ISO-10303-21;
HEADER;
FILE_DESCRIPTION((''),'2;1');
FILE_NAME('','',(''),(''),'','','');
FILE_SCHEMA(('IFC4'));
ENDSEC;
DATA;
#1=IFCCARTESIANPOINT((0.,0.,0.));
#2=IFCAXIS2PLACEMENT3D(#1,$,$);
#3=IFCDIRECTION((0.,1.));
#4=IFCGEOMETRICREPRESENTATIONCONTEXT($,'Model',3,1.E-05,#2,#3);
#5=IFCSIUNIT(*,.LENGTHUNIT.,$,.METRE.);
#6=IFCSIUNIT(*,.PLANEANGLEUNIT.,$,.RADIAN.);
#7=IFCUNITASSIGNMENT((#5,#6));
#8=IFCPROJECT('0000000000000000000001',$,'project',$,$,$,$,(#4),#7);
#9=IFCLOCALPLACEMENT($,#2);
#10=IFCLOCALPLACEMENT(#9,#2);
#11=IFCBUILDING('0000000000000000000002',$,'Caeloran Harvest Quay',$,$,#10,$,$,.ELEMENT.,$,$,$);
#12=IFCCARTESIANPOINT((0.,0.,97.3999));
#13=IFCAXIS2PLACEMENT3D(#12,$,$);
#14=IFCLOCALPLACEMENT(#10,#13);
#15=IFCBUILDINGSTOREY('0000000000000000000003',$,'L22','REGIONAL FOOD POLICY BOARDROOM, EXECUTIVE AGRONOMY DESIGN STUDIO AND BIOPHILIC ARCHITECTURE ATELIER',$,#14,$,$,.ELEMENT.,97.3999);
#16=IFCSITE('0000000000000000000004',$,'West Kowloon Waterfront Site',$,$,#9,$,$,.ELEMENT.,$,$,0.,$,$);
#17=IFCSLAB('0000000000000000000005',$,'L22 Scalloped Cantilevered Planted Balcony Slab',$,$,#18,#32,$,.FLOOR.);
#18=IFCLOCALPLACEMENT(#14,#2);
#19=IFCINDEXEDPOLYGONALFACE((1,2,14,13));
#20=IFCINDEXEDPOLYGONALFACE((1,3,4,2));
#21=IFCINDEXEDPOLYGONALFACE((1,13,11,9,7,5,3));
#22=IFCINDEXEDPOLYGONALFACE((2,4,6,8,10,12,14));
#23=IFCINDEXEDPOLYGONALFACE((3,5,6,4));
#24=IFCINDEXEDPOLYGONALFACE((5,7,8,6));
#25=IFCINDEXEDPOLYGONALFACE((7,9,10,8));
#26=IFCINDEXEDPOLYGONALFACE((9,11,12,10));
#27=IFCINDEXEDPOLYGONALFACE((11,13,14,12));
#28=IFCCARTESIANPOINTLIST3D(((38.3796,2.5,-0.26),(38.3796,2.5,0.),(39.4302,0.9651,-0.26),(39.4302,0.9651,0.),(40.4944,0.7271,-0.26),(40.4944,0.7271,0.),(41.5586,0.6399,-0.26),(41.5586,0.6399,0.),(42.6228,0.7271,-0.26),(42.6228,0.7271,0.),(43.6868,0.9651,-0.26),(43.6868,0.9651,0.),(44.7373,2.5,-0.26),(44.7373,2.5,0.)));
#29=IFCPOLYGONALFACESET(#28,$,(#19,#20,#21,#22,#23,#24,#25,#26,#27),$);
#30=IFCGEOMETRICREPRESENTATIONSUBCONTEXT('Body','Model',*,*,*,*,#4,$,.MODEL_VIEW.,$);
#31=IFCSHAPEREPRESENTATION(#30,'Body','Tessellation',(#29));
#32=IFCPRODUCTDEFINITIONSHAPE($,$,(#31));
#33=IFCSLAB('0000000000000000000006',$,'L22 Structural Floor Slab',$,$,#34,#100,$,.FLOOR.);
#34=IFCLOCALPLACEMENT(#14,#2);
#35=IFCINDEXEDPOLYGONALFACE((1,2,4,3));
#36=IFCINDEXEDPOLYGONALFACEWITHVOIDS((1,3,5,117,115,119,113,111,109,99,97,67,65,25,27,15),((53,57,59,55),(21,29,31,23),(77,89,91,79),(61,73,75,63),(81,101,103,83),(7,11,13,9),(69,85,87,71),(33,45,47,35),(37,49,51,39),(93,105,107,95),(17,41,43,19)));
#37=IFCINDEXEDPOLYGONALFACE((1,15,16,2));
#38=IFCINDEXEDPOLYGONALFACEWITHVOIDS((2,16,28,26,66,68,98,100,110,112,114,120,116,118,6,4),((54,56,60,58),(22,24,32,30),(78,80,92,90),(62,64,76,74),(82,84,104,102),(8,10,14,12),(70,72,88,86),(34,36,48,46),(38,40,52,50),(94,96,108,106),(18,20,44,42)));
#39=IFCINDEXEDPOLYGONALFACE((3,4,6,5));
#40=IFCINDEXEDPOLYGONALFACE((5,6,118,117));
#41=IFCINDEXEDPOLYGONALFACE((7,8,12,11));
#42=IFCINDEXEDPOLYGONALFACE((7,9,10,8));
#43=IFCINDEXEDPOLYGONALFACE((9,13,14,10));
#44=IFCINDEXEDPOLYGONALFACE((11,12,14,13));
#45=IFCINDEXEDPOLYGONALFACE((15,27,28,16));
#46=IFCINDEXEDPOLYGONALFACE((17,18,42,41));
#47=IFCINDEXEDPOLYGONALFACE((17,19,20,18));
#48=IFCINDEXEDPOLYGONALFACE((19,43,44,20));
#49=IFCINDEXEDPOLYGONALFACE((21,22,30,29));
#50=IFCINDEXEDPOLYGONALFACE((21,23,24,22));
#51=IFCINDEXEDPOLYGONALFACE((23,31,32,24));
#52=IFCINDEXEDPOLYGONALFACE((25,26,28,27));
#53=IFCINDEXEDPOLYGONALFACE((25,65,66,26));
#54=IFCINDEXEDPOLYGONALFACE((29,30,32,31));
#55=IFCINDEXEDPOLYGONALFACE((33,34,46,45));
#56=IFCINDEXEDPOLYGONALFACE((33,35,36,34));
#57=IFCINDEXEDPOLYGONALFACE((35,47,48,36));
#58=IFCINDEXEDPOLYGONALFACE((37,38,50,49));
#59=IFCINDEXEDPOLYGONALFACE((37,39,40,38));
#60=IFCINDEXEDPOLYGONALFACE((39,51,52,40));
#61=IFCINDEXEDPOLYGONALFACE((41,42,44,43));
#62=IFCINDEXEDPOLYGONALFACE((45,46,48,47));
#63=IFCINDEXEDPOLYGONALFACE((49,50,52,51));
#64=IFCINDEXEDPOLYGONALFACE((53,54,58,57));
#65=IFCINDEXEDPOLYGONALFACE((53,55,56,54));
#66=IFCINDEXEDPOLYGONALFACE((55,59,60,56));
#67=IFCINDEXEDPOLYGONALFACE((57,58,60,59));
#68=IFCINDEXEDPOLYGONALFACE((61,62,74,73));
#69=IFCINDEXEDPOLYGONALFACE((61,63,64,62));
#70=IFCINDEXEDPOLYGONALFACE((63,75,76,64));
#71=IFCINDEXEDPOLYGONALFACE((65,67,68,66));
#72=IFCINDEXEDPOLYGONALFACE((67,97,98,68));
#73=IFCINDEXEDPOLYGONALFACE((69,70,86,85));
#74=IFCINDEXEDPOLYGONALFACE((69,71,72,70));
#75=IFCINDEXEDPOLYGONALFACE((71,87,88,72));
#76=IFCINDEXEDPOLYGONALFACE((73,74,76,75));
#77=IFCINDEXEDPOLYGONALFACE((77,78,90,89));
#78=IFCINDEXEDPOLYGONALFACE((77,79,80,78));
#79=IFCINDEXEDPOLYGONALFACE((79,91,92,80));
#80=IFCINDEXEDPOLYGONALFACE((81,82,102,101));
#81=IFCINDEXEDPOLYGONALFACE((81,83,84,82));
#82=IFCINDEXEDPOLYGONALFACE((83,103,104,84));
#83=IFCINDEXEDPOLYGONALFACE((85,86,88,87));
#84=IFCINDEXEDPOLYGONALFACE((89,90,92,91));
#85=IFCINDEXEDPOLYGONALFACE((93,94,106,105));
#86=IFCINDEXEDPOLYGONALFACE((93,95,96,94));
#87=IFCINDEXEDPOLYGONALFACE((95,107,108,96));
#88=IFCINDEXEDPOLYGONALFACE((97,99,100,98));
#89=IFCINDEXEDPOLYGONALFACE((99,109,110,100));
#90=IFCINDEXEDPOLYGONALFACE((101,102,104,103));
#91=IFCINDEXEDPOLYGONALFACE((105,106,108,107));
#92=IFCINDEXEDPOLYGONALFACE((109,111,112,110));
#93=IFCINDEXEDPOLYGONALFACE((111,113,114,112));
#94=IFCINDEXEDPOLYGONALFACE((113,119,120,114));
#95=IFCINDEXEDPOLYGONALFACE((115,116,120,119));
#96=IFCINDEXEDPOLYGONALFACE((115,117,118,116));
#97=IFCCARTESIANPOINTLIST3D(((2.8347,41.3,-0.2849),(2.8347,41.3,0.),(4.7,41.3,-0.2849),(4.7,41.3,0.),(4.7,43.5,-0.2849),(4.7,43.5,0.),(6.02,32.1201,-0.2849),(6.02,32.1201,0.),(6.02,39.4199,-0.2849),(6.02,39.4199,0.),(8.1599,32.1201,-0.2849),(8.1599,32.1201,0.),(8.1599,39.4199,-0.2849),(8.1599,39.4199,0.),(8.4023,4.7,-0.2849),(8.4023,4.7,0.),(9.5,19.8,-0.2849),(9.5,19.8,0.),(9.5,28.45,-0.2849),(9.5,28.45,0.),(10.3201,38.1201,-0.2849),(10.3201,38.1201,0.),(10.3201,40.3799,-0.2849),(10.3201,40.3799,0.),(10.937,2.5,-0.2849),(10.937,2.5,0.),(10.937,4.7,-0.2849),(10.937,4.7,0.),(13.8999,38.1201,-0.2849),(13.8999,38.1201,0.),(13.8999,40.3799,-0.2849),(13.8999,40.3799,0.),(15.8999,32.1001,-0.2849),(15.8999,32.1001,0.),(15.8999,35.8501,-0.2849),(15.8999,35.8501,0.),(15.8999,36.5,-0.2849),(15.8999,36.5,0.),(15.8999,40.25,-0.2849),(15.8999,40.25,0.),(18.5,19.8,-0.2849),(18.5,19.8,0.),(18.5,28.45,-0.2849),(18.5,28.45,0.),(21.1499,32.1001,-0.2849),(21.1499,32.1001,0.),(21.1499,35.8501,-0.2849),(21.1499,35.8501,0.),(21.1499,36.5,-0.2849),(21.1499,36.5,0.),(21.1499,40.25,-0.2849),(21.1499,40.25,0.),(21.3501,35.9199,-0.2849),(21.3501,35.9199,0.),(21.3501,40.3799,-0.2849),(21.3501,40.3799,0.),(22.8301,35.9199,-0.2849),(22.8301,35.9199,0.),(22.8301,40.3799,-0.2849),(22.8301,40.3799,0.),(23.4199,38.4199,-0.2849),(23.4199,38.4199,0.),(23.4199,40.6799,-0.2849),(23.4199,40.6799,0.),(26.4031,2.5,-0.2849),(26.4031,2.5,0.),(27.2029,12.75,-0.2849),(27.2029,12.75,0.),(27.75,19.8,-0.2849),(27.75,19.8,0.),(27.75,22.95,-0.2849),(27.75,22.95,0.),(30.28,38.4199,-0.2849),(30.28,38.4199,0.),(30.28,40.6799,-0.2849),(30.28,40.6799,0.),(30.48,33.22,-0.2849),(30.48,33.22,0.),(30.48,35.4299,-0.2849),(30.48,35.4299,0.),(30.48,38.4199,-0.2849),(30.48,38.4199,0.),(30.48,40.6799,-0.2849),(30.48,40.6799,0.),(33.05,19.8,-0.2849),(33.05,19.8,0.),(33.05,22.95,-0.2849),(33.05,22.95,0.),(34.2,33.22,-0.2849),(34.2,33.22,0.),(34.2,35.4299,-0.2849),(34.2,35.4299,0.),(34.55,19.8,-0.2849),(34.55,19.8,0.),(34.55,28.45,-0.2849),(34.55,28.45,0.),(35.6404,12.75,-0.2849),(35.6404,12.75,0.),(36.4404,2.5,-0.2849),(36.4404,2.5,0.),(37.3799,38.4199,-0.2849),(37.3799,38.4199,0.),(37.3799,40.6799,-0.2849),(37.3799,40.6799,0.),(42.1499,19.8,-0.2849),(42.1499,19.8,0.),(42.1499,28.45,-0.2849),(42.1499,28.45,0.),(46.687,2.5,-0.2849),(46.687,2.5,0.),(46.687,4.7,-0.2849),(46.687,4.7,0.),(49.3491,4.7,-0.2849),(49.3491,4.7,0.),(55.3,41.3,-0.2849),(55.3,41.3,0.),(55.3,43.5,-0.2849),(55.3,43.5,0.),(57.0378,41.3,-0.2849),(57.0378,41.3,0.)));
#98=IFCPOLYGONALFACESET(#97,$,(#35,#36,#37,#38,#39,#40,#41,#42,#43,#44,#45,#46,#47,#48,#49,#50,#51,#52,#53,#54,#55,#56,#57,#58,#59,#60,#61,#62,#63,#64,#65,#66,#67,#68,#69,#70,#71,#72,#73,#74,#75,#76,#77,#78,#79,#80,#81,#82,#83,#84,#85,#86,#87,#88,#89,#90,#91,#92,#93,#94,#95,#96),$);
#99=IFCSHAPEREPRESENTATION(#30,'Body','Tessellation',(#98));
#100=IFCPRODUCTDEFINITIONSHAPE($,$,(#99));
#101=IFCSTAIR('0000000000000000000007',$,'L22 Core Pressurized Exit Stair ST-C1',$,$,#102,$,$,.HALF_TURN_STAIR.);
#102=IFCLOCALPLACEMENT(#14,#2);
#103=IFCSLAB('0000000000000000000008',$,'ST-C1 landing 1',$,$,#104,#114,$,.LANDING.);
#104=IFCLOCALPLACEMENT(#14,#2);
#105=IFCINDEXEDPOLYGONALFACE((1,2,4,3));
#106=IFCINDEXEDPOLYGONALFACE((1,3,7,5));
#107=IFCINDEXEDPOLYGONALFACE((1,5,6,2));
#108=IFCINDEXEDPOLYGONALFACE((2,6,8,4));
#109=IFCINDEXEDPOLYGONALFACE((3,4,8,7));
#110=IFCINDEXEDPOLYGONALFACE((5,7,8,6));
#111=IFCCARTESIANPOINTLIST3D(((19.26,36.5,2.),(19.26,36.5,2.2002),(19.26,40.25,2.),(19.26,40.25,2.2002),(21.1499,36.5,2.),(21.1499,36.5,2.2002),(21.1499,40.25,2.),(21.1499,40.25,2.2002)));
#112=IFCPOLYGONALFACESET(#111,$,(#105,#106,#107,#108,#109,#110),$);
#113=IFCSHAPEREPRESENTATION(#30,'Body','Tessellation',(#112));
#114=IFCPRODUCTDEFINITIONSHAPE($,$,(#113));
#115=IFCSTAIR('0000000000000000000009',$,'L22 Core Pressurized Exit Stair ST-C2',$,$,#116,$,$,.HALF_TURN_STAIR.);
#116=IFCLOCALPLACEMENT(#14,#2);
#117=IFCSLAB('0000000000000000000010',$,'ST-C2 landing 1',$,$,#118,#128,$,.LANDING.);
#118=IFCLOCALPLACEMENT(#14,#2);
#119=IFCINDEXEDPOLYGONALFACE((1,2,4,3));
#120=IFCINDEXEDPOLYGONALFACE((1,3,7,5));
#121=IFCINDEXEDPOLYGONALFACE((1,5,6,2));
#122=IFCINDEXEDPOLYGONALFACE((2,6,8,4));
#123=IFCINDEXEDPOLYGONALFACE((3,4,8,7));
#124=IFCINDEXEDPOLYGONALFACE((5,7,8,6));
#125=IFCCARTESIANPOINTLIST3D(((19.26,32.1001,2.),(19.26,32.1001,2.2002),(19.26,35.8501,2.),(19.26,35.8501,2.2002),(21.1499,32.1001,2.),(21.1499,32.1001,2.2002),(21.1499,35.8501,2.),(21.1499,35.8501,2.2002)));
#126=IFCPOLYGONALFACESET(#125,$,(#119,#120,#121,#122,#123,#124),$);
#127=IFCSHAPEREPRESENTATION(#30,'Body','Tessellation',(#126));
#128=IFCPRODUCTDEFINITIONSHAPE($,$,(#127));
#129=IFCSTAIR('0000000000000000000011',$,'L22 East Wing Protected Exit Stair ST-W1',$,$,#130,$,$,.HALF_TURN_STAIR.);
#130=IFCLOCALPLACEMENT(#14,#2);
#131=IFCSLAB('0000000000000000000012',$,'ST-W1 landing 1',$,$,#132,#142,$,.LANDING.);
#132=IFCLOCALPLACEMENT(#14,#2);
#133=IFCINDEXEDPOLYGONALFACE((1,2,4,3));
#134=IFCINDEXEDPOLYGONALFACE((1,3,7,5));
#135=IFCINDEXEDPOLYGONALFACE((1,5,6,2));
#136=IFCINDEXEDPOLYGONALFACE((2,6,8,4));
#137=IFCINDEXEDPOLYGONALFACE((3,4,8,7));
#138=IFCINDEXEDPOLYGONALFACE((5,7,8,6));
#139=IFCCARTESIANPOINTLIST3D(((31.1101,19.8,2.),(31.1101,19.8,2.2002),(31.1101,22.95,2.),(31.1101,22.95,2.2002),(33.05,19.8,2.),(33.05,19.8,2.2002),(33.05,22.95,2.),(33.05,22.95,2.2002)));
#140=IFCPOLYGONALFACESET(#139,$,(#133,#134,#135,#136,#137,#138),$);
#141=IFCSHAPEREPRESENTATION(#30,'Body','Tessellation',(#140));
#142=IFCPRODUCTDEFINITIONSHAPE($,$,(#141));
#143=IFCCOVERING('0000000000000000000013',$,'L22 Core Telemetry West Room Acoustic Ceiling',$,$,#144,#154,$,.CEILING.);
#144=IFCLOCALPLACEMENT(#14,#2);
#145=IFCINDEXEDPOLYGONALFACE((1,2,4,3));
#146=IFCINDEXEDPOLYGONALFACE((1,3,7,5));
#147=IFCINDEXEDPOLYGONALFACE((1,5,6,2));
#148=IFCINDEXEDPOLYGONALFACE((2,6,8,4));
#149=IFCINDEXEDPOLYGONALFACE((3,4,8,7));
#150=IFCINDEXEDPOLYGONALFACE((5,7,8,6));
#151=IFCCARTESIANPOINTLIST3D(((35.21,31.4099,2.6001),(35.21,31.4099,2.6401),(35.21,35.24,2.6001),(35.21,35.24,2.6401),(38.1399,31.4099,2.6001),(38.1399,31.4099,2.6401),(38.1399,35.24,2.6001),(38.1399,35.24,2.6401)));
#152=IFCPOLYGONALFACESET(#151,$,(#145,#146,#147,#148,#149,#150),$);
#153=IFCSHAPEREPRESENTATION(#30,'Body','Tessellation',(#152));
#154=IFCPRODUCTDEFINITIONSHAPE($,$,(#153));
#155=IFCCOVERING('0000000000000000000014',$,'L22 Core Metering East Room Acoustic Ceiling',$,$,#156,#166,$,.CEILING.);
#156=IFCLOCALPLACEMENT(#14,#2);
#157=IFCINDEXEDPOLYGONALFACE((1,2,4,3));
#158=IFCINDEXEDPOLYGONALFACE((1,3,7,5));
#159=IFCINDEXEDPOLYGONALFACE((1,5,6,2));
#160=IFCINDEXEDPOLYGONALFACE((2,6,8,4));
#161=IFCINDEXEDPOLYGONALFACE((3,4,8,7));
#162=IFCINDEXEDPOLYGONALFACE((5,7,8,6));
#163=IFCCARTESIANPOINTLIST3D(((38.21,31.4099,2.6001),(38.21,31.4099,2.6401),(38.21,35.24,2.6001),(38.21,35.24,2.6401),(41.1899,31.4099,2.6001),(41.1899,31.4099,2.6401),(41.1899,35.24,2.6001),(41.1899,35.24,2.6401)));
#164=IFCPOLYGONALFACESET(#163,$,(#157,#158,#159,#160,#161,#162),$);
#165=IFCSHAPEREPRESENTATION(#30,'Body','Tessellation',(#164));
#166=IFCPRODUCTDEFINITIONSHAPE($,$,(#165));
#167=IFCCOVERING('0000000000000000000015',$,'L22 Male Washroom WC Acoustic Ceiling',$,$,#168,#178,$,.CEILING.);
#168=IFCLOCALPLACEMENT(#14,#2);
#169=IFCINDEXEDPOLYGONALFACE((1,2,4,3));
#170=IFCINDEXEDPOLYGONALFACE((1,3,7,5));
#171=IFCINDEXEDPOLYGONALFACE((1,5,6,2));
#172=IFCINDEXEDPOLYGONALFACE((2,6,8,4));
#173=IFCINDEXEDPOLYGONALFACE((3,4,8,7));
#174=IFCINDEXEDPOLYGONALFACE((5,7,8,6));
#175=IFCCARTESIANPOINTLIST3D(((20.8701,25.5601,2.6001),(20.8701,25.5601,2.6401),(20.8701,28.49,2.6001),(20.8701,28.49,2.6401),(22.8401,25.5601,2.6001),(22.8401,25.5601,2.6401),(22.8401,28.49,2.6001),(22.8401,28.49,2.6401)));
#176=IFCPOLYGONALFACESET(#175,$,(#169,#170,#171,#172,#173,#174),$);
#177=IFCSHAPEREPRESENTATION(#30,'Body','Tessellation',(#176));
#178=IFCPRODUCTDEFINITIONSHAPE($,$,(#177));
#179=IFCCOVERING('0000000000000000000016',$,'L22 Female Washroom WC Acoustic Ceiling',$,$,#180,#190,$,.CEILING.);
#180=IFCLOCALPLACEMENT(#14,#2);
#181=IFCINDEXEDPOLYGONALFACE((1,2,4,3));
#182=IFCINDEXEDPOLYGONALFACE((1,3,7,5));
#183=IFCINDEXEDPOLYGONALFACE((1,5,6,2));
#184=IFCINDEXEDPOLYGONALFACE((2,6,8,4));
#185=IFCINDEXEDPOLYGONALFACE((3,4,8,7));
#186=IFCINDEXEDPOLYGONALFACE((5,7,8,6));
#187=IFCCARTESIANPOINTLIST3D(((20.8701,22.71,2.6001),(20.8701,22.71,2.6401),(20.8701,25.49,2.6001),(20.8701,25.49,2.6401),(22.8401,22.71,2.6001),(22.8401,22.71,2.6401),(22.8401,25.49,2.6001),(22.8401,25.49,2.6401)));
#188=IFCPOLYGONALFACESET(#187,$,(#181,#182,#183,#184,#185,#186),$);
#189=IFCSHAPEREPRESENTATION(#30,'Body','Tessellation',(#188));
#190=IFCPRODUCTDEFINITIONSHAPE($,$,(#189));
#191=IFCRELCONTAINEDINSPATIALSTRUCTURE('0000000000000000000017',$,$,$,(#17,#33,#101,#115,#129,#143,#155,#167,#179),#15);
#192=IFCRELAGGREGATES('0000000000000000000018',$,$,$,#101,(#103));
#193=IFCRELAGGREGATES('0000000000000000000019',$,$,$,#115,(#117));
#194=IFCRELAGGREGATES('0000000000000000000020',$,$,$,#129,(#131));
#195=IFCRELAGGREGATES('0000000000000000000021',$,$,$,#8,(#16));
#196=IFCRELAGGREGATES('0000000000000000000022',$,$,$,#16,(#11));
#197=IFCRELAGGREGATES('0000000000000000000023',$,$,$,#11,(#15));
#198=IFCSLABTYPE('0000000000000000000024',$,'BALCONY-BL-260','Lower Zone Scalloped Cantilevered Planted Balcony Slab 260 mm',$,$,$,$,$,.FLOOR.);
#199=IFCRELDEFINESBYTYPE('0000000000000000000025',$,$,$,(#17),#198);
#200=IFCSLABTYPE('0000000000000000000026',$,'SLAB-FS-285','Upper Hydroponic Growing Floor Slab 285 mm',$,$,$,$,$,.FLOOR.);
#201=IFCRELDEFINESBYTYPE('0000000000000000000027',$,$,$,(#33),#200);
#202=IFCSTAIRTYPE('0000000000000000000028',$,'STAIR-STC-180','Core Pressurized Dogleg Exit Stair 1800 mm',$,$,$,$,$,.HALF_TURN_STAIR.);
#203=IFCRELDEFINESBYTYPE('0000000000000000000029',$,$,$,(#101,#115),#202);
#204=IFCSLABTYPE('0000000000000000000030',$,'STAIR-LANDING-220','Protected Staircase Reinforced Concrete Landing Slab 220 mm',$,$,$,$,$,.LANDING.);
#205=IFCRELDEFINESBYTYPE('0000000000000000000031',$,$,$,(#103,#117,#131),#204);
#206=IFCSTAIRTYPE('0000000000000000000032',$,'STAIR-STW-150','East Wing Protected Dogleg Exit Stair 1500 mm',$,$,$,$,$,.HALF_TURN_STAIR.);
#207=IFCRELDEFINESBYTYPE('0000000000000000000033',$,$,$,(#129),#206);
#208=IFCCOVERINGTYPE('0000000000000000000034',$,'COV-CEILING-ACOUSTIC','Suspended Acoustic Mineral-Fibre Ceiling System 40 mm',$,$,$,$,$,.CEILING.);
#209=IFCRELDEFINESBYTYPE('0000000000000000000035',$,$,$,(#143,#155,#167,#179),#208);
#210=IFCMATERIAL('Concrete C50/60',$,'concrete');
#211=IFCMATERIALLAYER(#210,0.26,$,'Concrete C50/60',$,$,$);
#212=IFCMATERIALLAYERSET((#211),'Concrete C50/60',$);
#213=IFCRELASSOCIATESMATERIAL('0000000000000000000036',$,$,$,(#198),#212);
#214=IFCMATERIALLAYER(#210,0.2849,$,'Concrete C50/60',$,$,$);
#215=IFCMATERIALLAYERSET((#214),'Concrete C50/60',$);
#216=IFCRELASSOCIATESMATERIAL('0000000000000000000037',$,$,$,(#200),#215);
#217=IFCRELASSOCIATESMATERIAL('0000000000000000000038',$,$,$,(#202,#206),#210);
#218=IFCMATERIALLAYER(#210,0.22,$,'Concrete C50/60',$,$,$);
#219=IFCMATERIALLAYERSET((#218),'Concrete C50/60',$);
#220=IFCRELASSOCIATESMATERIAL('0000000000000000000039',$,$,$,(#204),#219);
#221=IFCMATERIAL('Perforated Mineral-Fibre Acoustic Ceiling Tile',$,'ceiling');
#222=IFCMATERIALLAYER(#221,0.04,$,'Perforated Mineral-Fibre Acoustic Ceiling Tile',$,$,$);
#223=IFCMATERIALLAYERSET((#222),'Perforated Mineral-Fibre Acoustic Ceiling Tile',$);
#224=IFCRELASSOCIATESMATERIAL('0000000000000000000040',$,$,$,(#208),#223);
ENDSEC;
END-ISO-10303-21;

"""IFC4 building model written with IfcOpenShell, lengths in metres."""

from ifc_helpers import new_model, si_unit, direction, frame, origin, place, context, subcontext, project, spatial, polyline, outline, extrude, material, layer, layer_set, type_object, element, aggregate, save


model = new_model("IFC4")

# Units and contexts
model_context = context("Model", 3, precision=1e-05, world=origin(), true_north=direction((0.0, 1.0)))
body_context = subcontext(model_context, "Body", "Model", "MODEL_VIEW")
ifc_project = project(units=[si_unit("LENGTHUNIT", "METRE"), si_unit("PLANEANGLEUNIT", "RADIAN")], contexts=[model_context])

# Site, building, storey
site_placement = place(None, origin())
site = spatial("IfcSite", under=ifc_project, at=site_placement, Name="West Kowloon Waterfront Site", CompositionType="ELEMENT", RefElevation=0.0)
building_placement = place(site_placement, origin())
building = spatial("IfcBuilding", under=site, at=building_placement, Name="Caeloran Harvest Quay", CompositionType="ELEMENT")
storey_placement = place(building_placement, frame((0.0, 0.0, 97.3999)))
storey = spatial("IfcBuildingStorey", under=building, at=storey_placement, Name="L22", Description="REGIONAL FOOD POLICY BOARDROOM, EXECUTIVE AGRONOMY DESIGN STUDIO AND BIOPHILIC ARCHITECTURE ATELIER", CompositionType="ELEMENT", Elevation=97.3999)

# Slabs
ifc_material_1 = material(Name="Concrete C50/60", Category="concrete")
ifc_layer_1 = layer(ifc_material_1, 0.26, Name="Concrete C50/60")
ifc_layer_set_1 = layer_set([ifc_layer_1], Name="Concrete C50/60")
slab_type_1 = type_object("IfcSlabType", Name="BALCONY-BL-260", Description="Lower Zone Scalloped Cantilevered Planted Balcony Slab 260 mm", PredefinedType="FLOOR", material=ifc_layer_set_1)
slab_1_placement = place(storey_placement, frame((0.0, 0.0, -0.26)))
element("IfcSlab", 1, at=slab_1_placement, inside=storey, type_object=slab_type_1, Name="L22 Scalloped Cantilevered Planted Balcony Slab", PredefinedType="FLOOR", context=body_context, shape_type="SweptSolid", body=[
    extrude(outline(polyline([(43.6868, 0.9651), (42.6228, 0.7271), (41.5586, 0.6399), (40.4944, 0.7271), (39.4302, 0.9651), (38.3796, 2.5), (44.7373, 2.5), (43.6868, 0.9651)])), origin(), (0.0, 0.0, 1.0), 0.26),
])
ifc_layer_2 = layer(ifc_material_1, 0.2849, Name="Concrete C50/60")
ifc_layer_set_2 = layer_set([ifc_layer_2], Name="Concrete C50/60")
slab_type_2 = type_object("IfcSlabType", Name="SLAB-FS-285", Description="Upper Hydroponic Growing Floor Slab 285 mm", PredefinedType="FLOOR", material=ifc_layer_set_2)
slab_2_placement = place(storey_placement, frame((0.0, 0.0, -0.2849)))
element("IfcSlab", 2, at=slab_2_placement, inside=storey, type_object=slab_type_2, Name="L22 Structural Floor Slab", PredefinedType="FLOOR", context=body_context, shape_type="SweptSolid", body=[
    extrude(outline(polyline([(10.937, 2.5), (26.4031, 2.5), (27.2029, 12.75), (35.6404, 12.75), (36.4404, 2.5), (46.687, 2.5), (46.687, 4.7), (49.3491, 4.7), (57.0378, 41.3), (55.3, 41.3), (55.3, 43.5), (4.7, 43.5), (4.7, 41.3), (2.8347, 41.3), (8.4023, 4.7), (10.937, 4.7), (10.937, 2.5)]), holes=[polyline([(18.5, 19.8), (9.5, 19.8), (9.5, 28.45), (18.5, 28.45), (18.5, 19.8)]), polyline([(15.8999, 32.1001), (15.8999, 35.8501), (21.1499, 35.8501), (21.1499, 32.1001), (15.8999, 32.1001)]), polyline([(8.1599, 32.1201), (6.02, 32.1201), (6.02, 39.4199), (8.1599, 39.4199), (8.1599, 32.1201)]), polyline([(21.3501, 35.9199), (21.3501, 40.3799), (22.8301, 40.3799), (22.8301, 35.9199), (21.3501, 35.9199)]), polyline([(15.8999, 40.25), (21.1499, 40.25), (21.1499, 36.5), (15.8999, 36.5), (15.8999, 40.25)]), polyline([(13.8999, 38.1201), (10.3201, 38.1201), (10.3201, 40.3799), (13.8999, 40.3799), (13.8999, 38.1201)]), polyline([(27.75, 22.95), (33.05, 22.95), (33.05, 19.8), (27.75, 19.8), (27.75, 22.95)]), polyline([(34.55, 19.8), (34.55, 28.45), (42.1499, 28.45), (42.1499, 19.8), (34.55, 19.8)]), polyline([(34.2, 33.22), (30.48, 33.22), (30.48, 35.4299), (34.2, 35.4299), (34.2, 33.22)]), polyline([(23.4199, 38.4199), (23.4199, 40.6799), (30.28, 40.6799), (30.28, 38.4199), (23.4199, 38.4199)]), polyline([(30.48, 38.4199), (30.48, 40.6799), (37.3799, 40.6799), (37.3799, 38.4199), (30.48, 38.4199)])]), origin(), (0.0, 0.0, 1.0), 0.2849),
])

# Stairs, slabs
stair_type_1 = type_object("IfcStairType", Name="STAIR-STC-180", Description="Core Pressurized Dogleg Exit Stair 1800 mm", PredefinedType="HALF_TURN_STAIR", material=ifc_material_1)
stair_1_placement = place(storey_placement, origin())
stair_1 = element("IfcStair", 3, at=stair_1_placement, inside=storey, type_object=stair_type_1, Name="L22 Core Pressurized Exit Stair ST-C1", PredefinedType="HALF_TURN_STAIR")
ifc_layer_3 = layer(ifc_material_1, 0.22, Name="Concrete C50/60")
ifc_layer_set_3 = layer_set([ifc_layer_3], Name="Concrete C50/60")
slab_type_3 = type_object("IfcSlabType", Name="STAIR-LANDING-220", Description="Protected Staircase Reinforced Concrete Landing Slab 220 mm", PredefinedType="LANDING", material=ifc_layer_set_3)
slab_3_placement = place(storey_placement, frame((0.0, 0.0, 2.0)))
slab_3 = element("IfcSlab", 4, at=slab_3_placement, type_object=slab_type_3, Name="ST-C1 landing 1", PredefinedType="LANDING", context=body_context, shape_type="SweptSolid", body=[
    extrude(outline(polyline([(19.26, 36.5), (21.1499, 36.5), (21.1499, 40.25), (19.26, 40.25), (19.26, 36.5)])), origin(), (0.0, 0.0, 1.0), 0.2002),
])
aggregate(stair_1, [slab_3])
stair_2_placement = place(storey_placement, origin())
stair_2 = element("IfcStair", 5, at=stair_2_placement, inside=storey, type_object=stair_type_1, Name="L22 Core Pressurized Exit Stair ST-C2", PredefinedType="HALF_TURN_STAIR")
slab_4_placement = place(storey_placement, frame((0.0, 0.0, 2.0)))
slab_4 = element("IfcSlab", 6, at=slab_4_placement, type_object=slab_type_3, Name="ST-C2 landing 1", PredefinedType="LANDING", context=body_context, shape_type="SweptSolid", body=[
    extrude(outline(polyline([(19.26, 32.1001), (21.1499, 32.1001), (21.1499, 35.8501), (19.26, 35.8501), (19.26, 32.1001)])), origin(), (0.0, 0.0, 1.0), 0.2002),
])
aggregate(stair_2, [slab_4])
stair_type_2 = type_object("IfcStairType", Name="STAIR-STW-150", Description="East Wing Protected Dogleg Exit Stair 1500 mm", PredefinedType="HALF_TURN_STAIR", material=ifc_material_1)
stair_3_placement = place(storey_placement, origin())
stair_3 = element("IfcStair", 7, at=stair_3_placement, inside=storey, type_object=stair_type_2, Name="L22 East Wing Protected Exit Stair ST-W1", PredefinedType="HALF_TURN_STAIR")
slab_5_placement = place(storey_placement, frame((0.0, 0.0, 2.0)))
slab_5 = element("IfcSlab", 8, at=slab_5_placement, type_object=slab_type_3, Name="ST-W1 landing 1", PredefinedType="LANDING", context=body_context, shape_type="SweptSolid", body=[
    extrude(outline(polyline([(31.1101, 19.8), (33.05, 19.8), (33.05, 22.95), (31.1101, 22.95), (31.1101, 19.8)])), origin(), (0.0, 0.0, 1.0), 0.2002),
])
aggregate(stair_3, [slab_5])

# Coverings
ifc_material_2 = material(Name="Perforated Mineral-Fibre Acoustic Ceiling Tile", Category="ceiling")
ifc_layer_4 = layer(ifc_material_2, 0.04, Name="Perforated Mineral-Fibre Acoustic Ceiling Tile")
ifc_layer_set_4 = layer_set([ifc_layer_4], Name="Perforated Mineral-Fibre Acoustic Ceiling Tile")
covering_type_1 = type_object("IfcCoveringType", Name="COV-CEILING-ACOUSTIC", Description="Suspended Acoustic Mineral-Fibre Ceiling System 40 mm", PredefinedType="CEILING", material=ifc_layer_set_4)
covering_1_placement = place(storey_placement, frame((0.0, 0.0, 2.6001)))
element("IfcCovering", 9, at=covering_1_placement, inside=storey, type_object=covering_type_1, Name="L22 Core Telemetry West Room Acoustic Ceiling", PredefinedType="CEILING", context=body_context, shape_type="SweptSolid", body=[
    extrude(outline(polyline([(38.1399, 35.24), (38.1399, 31.4099), (35.21, 31.4099), (35.21, 35.24), (38.1399, 35.24)])), origin(), (0.0, 0.0, 1.0), 0.04),
])
covering_2_placement = place(storey_placement, frame((0.0, 0.0, 2.6001)))
element("IfcCovering", 10, at=covering_2_placement, inside=storey, type_object=covering_type_1, Name="L22 Core Metering East Room Acoustic Ceiling", PredefinedType="CEILING", context=body_context, shape_type="SweptSolid", body=[
    extrude(outline(polyline([(41.1899, 35.24), (41.1899, 31.4099), (38.21, 31.4099), (38.21, 35.24), (41.1899, 35.24)])), origin(), (0.0, 0.0, 1.0), 0.04),
])
covering_3_placement = place(storey_placement, frame((0.0, 0.0, 2.6001)))
element("IfcCovering", 11, at=covering_3_placement, inside=storey, type_object=covering_type_1, Name="L22 Male Washroom WC Acoustic Ceiling", PredefinedType="CEILING", context=body_context, shape_type="SweptSolid", body=[
    extrude(outline(polyline([(22.8401, 25.5601), (20.8701, 25.5601), (20.8701, 28.49), (22.8401, 28.49), (22.8401, 25.5601)])), origin(), (0.0, 0.0, 1.0), 0.04),
])
covering_4_placement = place(storey_placement, frame((0.0, 0.0, 2.6001)))
element("IfcCovering", 12, at=covering_4_placement, inside=storey, type_object=covering_type_1, Name="L22 Female Washroom WC Acoustic Ceiling", PredefinedType="CEILING", context=body_context, shape_type="SweptSolid", body=[
    extrude(outline(polyline([(22.8401, 22.71), (20.8701, 22.71), (20.8701, 25.49), (22.8401, 25.49), (22.8401, 22.71)])), origin(), (0.0, 0.0, 1.0), 0.04),
])

save(model, "model.ifc")
